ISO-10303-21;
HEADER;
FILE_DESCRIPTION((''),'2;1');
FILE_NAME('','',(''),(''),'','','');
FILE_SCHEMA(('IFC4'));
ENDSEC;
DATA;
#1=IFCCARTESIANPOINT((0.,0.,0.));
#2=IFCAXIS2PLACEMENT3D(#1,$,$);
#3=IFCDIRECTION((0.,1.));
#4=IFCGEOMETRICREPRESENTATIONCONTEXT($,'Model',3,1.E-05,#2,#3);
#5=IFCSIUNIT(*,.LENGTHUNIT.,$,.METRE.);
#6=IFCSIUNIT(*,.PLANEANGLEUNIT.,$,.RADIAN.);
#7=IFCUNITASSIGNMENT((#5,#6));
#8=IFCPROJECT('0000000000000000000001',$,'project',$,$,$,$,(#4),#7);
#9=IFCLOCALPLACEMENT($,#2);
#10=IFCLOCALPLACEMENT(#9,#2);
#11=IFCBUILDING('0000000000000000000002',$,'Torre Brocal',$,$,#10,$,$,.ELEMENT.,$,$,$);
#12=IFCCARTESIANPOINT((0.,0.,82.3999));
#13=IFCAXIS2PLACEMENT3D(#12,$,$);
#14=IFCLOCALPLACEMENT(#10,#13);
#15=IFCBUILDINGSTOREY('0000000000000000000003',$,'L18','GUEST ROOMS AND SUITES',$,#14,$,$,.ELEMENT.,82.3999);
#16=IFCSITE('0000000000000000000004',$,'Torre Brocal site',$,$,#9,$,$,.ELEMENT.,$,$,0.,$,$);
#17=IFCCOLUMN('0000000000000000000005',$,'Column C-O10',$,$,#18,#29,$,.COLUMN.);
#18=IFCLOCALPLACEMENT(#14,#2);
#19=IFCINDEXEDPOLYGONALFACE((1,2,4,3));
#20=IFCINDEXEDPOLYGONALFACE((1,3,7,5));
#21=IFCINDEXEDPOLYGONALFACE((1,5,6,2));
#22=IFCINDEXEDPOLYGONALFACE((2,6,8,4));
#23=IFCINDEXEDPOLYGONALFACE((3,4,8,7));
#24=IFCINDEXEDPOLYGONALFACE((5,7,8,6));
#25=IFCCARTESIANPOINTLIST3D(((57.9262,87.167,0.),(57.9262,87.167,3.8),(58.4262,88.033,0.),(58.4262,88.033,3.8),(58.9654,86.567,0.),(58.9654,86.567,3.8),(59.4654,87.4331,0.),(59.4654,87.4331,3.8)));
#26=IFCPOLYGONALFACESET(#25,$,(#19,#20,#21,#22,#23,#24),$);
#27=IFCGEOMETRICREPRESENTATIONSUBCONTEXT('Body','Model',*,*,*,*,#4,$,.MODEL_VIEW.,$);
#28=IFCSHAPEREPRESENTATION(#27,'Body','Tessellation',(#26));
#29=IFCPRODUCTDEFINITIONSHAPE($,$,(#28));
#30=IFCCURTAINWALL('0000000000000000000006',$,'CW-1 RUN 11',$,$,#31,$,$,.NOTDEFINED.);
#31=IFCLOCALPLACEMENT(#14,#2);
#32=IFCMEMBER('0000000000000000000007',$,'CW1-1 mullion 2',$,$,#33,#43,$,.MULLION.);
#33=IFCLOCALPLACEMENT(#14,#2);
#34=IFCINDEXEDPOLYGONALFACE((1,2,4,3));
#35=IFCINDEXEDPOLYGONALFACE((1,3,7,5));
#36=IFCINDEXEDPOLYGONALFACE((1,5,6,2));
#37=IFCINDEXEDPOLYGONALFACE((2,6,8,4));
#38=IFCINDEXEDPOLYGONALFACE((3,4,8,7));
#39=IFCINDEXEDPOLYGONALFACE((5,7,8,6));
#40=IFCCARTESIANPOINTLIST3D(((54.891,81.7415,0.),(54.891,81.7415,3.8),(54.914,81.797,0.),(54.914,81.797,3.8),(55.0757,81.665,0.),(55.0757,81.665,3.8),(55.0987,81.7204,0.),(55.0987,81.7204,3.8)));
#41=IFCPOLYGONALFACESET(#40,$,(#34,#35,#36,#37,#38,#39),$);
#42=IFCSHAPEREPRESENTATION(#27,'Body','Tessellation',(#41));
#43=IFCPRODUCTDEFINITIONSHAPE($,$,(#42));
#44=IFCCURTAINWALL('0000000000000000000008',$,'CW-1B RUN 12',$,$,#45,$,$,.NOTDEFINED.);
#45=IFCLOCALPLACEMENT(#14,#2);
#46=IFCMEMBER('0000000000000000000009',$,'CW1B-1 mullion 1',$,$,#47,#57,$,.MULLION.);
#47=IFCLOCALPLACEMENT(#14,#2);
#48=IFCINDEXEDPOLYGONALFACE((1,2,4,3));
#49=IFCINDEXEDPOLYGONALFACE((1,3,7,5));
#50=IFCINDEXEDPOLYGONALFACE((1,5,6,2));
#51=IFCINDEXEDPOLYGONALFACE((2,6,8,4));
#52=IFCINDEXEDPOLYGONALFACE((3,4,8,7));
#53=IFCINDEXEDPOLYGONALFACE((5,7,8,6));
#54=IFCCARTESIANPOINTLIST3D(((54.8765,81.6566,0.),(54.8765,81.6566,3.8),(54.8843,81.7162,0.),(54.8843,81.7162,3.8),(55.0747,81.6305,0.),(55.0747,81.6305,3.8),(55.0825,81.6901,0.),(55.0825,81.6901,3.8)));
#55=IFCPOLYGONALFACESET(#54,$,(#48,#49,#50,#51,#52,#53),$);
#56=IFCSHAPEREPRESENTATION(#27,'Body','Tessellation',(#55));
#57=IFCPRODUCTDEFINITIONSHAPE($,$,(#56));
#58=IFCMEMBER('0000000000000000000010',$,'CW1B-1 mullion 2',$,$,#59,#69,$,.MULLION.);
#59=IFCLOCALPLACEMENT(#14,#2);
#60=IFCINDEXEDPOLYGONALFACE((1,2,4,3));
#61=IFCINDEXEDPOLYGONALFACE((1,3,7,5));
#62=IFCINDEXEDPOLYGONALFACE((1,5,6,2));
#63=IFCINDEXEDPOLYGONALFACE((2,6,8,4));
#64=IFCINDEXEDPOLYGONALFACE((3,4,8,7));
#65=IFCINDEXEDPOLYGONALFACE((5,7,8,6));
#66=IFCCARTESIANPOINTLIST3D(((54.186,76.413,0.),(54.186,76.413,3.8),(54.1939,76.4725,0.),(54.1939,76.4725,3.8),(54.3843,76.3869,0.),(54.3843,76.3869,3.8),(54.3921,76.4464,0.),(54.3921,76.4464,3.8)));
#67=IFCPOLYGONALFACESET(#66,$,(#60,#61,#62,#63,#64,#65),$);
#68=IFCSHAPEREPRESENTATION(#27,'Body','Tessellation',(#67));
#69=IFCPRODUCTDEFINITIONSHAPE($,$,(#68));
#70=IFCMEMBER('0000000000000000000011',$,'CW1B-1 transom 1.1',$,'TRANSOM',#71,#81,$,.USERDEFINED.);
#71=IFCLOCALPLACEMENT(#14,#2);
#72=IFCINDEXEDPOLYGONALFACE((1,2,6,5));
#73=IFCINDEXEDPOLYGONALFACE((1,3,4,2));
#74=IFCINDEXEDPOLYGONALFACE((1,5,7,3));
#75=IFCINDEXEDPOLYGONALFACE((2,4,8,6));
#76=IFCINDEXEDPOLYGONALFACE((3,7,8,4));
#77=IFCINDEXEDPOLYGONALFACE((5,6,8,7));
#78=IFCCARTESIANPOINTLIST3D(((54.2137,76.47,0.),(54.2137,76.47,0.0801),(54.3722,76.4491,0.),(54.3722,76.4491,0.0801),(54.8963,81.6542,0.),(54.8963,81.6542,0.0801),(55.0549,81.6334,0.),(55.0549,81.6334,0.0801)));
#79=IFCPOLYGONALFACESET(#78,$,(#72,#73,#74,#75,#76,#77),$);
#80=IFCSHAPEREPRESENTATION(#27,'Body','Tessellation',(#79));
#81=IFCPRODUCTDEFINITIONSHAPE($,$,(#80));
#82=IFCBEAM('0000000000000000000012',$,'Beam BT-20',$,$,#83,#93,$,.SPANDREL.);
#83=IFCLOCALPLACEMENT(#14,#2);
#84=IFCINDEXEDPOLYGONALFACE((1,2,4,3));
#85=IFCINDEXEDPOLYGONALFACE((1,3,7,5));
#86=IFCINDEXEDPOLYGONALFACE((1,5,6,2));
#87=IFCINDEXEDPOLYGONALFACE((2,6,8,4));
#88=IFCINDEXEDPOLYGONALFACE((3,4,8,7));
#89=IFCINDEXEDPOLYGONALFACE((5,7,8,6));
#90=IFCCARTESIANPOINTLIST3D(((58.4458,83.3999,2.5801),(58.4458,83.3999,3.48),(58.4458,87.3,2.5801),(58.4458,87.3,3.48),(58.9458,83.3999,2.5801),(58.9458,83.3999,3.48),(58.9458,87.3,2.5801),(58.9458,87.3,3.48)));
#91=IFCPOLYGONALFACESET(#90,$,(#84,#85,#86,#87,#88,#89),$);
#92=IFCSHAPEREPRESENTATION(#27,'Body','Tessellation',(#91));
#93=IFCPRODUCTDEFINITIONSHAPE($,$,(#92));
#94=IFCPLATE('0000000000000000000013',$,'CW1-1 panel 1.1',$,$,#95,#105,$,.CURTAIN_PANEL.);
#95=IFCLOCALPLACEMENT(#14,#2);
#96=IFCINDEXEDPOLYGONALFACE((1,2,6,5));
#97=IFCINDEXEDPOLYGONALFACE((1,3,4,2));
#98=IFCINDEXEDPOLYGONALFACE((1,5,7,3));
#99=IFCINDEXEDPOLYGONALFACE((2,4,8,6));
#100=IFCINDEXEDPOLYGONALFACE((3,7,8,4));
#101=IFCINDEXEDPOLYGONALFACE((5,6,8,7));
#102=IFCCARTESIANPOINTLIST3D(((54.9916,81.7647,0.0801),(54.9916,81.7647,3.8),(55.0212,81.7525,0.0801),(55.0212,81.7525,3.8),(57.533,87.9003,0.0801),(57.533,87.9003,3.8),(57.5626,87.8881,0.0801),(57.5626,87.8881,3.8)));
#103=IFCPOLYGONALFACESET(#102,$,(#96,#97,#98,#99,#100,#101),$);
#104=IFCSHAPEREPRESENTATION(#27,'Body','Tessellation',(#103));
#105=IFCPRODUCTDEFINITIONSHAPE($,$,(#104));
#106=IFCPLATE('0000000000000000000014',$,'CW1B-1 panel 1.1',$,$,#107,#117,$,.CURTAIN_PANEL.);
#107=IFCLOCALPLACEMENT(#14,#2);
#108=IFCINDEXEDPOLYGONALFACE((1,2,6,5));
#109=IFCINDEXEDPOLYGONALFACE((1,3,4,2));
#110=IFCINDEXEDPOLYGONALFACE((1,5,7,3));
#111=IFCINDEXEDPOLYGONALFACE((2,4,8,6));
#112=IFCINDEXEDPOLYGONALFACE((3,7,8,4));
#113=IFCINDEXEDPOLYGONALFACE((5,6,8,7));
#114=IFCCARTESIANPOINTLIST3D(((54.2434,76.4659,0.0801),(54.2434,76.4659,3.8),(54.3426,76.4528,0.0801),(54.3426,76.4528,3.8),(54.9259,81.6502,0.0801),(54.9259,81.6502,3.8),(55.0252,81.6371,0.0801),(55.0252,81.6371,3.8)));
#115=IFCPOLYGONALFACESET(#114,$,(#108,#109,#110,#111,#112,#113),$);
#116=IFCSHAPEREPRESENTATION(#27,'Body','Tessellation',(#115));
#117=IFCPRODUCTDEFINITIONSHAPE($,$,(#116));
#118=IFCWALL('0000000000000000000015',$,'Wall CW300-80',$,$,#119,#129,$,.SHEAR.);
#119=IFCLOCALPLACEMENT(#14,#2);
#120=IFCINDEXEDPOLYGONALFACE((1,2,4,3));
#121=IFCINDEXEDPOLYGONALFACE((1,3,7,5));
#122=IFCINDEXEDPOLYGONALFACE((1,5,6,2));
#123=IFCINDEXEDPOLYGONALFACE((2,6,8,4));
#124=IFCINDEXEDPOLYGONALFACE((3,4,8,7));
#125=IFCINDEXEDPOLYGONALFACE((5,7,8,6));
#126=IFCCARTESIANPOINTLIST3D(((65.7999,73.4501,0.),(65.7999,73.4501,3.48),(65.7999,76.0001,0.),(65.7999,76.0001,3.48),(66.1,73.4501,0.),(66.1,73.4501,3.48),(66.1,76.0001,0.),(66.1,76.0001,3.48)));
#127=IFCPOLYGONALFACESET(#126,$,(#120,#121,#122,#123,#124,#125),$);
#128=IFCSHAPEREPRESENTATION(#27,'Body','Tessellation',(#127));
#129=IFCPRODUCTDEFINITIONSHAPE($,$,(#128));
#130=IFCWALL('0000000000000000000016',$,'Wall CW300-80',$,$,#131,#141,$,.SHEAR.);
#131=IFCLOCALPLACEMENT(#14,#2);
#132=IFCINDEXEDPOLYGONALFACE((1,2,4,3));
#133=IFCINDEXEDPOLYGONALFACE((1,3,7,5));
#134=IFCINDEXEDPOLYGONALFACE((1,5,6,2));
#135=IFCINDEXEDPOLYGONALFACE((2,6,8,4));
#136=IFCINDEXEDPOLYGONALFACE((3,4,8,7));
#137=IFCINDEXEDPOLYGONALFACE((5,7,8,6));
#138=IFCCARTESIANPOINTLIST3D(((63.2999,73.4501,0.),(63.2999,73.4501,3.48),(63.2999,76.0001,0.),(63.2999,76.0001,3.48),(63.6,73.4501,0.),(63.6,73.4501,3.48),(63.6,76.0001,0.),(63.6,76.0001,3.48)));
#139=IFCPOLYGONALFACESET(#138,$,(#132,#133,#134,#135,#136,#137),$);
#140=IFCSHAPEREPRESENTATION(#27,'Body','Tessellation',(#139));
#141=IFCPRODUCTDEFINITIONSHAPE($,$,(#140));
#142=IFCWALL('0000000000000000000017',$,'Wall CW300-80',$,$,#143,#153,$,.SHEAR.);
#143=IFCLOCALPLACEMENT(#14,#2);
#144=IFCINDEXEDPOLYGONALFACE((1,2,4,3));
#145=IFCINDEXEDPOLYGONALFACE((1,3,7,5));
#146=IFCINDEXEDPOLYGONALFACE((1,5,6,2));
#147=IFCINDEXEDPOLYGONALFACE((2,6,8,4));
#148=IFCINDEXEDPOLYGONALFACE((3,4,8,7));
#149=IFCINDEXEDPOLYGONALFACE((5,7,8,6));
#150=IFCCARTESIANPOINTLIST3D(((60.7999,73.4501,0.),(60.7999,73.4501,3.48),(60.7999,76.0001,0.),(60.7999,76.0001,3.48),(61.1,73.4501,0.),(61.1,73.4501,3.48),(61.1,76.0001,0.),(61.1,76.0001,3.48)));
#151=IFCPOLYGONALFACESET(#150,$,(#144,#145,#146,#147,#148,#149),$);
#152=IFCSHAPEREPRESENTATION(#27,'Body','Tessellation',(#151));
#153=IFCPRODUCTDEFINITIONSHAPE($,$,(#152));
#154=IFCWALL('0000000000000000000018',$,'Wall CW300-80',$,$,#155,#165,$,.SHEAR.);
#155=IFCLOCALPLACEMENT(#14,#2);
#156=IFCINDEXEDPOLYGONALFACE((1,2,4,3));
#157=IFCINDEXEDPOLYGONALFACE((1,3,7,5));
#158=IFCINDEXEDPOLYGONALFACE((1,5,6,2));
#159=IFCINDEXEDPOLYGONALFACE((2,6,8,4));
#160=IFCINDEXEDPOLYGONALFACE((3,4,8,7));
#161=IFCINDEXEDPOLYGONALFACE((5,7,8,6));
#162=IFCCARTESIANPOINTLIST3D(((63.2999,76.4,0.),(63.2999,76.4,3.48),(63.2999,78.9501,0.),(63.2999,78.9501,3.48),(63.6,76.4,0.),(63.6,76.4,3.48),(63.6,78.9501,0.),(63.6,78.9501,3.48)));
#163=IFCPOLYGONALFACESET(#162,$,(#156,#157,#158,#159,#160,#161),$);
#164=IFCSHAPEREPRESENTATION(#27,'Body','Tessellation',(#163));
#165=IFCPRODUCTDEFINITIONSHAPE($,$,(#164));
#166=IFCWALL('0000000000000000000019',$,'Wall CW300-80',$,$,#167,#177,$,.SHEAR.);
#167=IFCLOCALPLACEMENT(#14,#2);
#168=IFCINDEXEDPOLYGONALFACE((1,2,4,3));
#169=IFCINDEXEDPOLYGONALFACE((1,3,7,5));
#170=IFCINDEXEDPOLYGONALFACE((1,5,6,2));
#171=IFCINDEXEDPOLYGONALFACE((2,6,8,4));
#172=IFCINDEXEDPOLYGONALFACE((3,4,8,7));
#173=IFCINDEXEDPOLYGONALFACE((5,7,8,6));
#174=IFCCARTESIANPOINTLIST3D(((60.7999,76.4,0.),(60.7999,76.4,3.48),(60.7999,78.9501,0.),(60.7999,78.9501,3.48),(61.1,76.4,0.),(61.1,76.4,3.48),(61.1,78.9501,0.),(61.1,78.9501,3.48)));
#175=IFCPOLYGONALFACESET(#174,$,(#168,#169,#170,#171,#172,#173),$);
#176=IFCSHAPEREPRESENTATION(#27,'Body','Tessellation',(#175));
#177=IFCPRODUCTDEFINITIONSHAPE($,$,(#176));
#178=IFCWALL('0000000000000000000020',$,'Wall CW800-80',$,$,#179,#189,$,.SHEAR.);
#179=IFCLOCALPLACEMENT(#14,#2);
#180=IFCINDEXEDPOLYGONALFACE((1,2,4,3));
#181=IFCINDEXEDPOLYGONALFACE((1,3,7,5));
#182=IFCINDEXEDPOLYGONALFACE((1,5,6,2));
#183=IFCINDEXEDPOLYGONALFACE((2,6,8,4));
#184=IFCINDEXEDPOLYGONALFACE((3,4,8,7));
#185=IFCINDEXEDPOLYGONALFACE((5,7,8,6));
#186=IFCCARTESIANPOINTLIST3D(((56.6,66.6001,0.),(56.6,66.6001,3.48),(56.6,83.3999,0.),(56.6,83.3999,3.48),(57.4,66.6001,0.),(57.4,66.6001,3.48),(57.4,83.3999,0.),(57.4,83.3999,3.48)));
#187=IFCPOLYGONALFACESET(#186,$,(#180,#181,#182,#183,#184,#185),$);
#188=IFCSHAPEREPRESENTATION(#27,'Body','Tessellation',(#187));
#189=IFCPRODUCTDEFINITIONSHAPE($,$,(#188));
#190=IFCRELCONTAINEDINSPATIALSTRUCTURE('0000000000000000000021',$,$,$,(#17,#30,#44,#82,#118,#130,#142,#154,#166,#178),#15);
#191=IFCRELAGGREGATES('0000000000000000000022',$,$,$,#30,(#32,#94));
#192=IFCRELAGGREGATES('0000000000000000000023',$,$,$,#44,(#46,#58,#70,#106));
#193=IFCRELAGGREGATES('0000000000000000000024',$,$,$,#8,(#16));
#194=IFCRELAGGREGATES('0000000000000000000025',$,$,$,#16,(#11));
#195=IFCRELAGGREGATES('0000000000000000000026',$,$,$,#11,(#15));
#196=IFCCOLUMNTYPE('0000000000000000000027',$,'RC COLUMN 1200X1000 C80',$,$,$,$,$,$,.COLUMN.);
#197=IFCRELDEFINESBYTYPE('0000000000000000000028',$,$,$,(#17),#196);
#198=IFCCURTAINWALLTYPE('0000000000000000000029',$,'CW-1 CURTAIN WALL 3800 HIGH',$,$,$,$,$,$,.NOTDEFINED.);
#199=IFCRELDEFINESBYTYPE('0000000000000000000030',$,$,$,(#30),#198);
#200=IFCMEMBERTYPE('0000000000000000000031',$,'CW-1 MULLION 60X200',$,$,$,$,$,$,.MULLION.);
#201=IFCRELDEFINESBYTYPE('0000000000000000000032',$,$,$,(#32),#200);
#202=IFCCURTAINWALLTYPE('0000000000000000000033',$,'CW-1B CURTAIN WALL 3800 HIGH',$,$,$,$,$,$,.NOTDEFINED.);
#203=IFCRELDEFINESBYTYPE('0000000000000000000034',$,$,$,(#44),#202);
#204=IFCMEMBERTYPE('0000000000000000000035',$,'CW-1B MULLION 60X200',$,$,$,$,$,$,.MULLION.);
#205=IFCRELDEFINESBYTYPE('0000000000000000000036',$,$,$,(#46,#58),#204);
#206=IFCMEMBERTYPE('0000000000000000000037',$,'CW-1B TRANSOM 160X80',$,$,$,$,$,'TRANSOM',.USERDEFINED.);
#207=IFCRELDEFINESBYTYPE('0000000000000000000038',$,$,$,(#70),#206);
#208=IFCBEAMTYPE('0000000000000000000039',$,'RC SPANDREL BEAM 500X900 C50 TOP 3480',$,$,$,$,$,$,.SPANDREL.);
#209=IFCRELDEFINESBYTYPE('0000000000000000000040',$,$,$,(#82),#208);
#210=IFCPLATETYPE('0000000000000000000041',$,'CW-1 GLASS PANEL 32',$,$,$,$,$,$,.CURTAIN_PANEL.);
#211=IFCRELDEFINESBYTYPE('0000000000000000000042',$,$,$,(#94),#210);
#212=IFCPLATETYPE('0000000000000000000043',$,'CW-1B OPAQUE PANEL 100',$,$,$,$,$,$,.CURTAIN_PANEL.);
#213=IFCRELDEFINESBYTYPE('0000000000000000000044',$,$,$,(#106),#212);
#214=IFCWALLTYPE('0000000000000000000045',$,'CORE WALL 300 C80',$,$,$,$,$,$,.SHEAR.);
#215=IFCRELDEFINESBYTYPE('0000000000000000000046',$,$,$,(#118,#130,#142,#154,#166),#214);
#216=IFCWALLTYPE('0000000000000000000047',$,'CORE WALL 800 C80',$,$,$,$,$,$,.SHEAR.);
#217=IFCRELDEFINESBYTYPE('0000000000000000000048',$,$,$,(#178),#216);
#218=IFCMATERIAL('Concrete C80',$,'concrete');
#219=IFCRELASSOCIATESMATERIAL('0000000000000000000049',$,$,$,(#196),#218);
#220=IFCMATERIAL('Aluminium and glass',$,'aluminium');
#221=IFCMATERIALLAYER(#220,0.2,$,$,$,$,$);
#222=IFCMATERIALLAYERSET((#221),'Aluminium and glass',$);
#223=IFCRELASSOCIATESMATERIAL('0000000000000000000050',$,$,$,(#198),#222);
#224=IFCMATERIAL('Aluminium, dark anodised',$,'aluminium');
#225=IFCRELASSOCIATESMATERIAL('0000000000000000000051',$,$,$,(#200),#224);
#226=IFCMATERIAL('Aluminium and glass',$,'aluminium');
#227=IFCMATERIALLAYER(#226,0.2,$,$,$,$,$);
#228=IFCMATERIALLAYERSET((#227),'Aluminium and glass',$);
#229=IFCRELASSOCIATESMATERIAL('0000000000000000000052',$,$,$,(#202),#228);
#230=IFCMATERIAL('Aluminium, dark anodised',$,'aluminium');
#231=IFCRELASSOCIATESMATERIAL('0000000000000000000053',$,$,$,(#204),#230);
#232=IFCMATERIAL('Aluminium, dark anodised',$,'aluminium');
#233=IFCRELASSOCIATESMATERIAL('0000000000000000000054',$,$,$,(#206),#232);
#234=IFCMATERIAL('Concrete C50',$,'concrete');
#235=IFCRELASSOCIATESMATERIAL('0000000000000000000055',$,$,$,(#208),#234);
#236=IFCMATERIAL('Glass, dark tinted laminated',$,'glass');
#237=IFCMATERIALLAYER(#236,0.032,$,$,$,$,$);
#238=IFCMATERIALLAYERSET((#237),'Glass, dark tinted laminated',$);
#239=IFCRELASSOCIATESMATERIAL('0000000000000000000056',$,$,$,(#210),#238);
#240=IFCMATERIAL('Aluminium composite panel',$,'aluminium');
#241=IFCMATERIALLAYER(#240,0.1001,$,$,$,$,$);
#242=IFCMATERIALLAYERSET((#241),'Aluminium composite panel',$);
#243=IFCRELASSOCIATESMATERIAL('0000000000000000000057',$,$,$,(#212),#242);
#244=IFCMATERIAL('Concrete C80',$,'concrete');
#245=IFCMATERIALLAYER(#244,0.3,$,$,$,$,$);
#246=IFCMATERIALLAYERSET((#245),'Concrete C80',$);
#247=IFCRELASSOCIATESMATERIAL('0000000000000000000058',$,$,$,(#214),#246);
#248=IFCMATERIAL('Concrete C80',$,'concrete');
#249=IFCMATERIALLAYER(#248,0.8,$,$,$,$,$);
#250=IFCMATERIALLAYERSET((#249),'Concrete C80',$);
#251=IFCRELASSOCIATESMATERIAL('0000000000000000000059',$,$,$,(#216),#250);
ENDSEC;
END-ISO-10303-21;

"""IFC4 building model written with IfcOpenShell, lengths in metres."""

from ifc_helpers import new_model, si_unit, direction, frame, frame_2d, origin, origin_2d, place, context, subcontext, project, spatial, rectangle, extrude, material, layer, layer_set, material_profile, profile_set, type_object, element, aggregate, save


model = new_model("IFC4")

# Units and contexts
model_context = context("Model", 3, precision=1e-05, world=origin(), true_north=direction((0.0, 1.0)))
body_context = subcontext(model_context, "Body", "Model", "MODEL_VIEW")
ifc_project = project(units=[si_unit("LENGTHUNIT", "METRE"), si_unit("PLANEANGLEUNIT", "RADIAN")], contexts=[model_context])

# Site, building, storey
site_placement = place(None, origin())
site = spatial("IfcSite", under=ifc_project, at=site_placement, Name="Torre Brocal site", CompositionType="ELEMENT", RefElevation=0.0)
building_placement = place(site_placement, origin())
building = spatial("IfcBuilding", under=site, at=building_placement, Name="Torre Brocal", CompositionType="ELEMENT")
storey_placement = place(building_placement, frame((0.0, 0.0, 82.3999)))
storey = spatial("IfcBuildingStorey", under=building, at=storey_placement, Name="L18", Description="GUEST ROOMS AND SUITES", CompositionType="ELEMENT", Elevation=82.3999)

# Column
ifc_material_1 = material(Name="Concrete C80", Category="concrete")
ifc_material_profile_1 = material_profile(ifc_material_1, rectangle(XDim=1.2, YDim=1.0, at=origin_2d()), Name="RC 1200X1000")
ifc_profile_set_1 = profile_set([ifc_material_profile_1], Name="Concrete C80")
column_type = type_object("IfcColumnType", Name="RC COLUMN 1200X1000 C80", PredefinedType="COLUMN", material=ifc_profile_set_1)
column_placement = place(storey_placement, frame((58.6958, 87.3, 0.0), z_axis=(0.0, 0.0, 1.0), x_axis=(-0.866025, 0.5, 0.0)))
element("IfcColumn", 1, at=column_placement, inside=storey, type_object=column_type, Name="Column C-O10", PredefinedType="COLUMN", context=body_context, shape_type="SweptSolid", body=[
    extrude(rectangle(XDim=1.2, YDim=1.0, at=origin_2d()), origin(), (0.0, 0.0, 1.0), 3.8),
])

# Curtain wall, member
ifc_material_2 = material(Name="Aluminium and glass", Category="aluminium")
ifc_layer_1 = layer(ifc_material_2, 0.2)
ifc_layer_set_1 = layer_set([ifc_layer_1], Name="Aluminium and glass")
curtain_wall_type_1 = type_object("IfcCurtainWallType", Name="CW-1 CURTAIN WALL 3800 HIGH", PredefinedType="NOTDEFINED", material=ifc_layer_set_1)
curtain_wall_1_placement = place(storey_placement, origin())
curtain_wall_1 = element("IfcCurtainWall", 2, at=curtain_wall_1_placement, inside=storey, type_object=curtain_wall_type_1, Name="CW-1 RUN 11", PredefinedType="NOTDEFINED")
ifc_material_3 = material(Name="Aluminium, dark anodised", Category="aluminium")
ifc_material_profile_2 = material_profile(ifc_material_3, rectangle(XDim=0.2, YDim=0.0601, at=origin_2d()), Name="CW-1 MULLION 60X200")
ifc_profile_set_2 = profile_set([ifc_material_profile_2], Name="Aluminium, dark anodised")
member_type_1 = type_object("IfcMemberType", Name="CW-1 MULLION 60X200", PredefinedType="MULLION", material=ifc_profile_set_2)
member_1_placement = place(storey_placement, frame((54.9949, 81.731, 0.0), z_axis=(0.0, 0.0, 1.0), x_axis=(0.92388, -0.382683, 0.0)))
member_1 = element("IfcMember", 3, at=member_1_placement, type_object=member_type_1, Name="CW1-1 mullion 2", PredefinedType="MULLION", context=body_context, shape_type="SweptSolid", body=[
    extrude(rectangle(XDim=0.2, YDim=0.0601, at=origin_2d()), origin(), (0.0, 0.0, 1.0), 3.8),
])

# Curtain wall, members
ifc_material_4 = material(Name="Aluminium and glass", Category="aluminium")
ifc_layer_2 = layer(ifc_material_4, 0.2)
ifc_layer_set_2 = layer_set([ifc_layer_2], Name="Aluminium and glass")
curtain_wall_type_2 = type_object("IfcCurtainWallType", Name="CW-1B CURTAIN WALL 3800 HIGH", PredefinedType="NOTDEFINED", material=ifc_layer_set_2)
curtain_wall_2_placement = place(storey_placement, origin())
curtain_wall_2 = element("IfcCurtainWall", 4, at=curtain_wall_2_placement, inside=storey, type_object=curtain_wall_type_2, Name="CW-1B RUN 12", PredefinedType="NOTDEFINED")
ifc_material_5 = material(Name="Aluminium, dark anodised", Category="aluminium")
ifc_material_profile_3 = material_profile(ifc_material_5, rectangle(XDim=0.2, YDim=0.0601, at=origin_2d()), Name="CW-1B MULLION 60X200")
ifc_profile_set_3 = profile_set([ifc_material_profile_3], Name="Aluminium, dark anodised")
member_type_2 = type_object("IfcMemberType", Name="CW-1B MULLION 60X200", PredefinedType="MULLION", material=ifc_profile_set_3)
member_2_placement = place(storey_placement, frame((54.9795, 81.6733, 0.0), z_axis=(0.0, 0.0, 1.0), x_axis=(0.991445, -0.130526, 0.0)))
member_2 = element("IfcMember", 5, at=member_2_placement, type_object=member_type_2, Name="CW1B-1 mullion 1", PredefinedType="MULLION", context=body_context, shape_type="SweptSolid", body=[
    extrude(rectangle(XDim=0.2, YDim=0.0601, at=origin_2d()), origin(), (0.0, 0.0, 1.0), 3.8),
])
member_3_placement = place(storey_placement, frame((54.2891, 76.4297, 0.0), z_axis=(0.0, 0.0, 1.0), x_axis=(0.991445, -0.130526, 0.0)))
member_3 = element("IfcMember", 6, at=member_3_placement, type_object=member_type_2, Name="CW1B-1 mullion 2", PredefinedType="MULLION", context=body_context, shape_type="SweptSolid", body=[
    extrude(rectangle(XDim=0.2, YDim=0.0601, at=origin_2d()), origin(), (0.0, 0.0, 1.0), 3.8),
])
ifc_material_6 = material(Name="Aluminium, dark anodised", Category="aluminium")
ifc_material_profile_4 = material_profile(ifc_material_6, rectangle(XDim=0.1599, YDim=0.0801, at=origin_2d()), Name="CW-1B TRANSOM 160X80")
ifc_profile_set_4 = profile_set([ifc_material_profile_4], Name="Aluminium, dark anodised")
member_type_3 = type_object("IfcMemberType", Name="CW-1B TRANSOM 160X80", ElementType="TRANSOM", PredefinedType="USERDEFINED", material=ifc_profile_set_4)
member_4_placement = place(storey_placement, frame((54.9756, 81.6438, 0.04), z_axis=(-0.130543, -0.991443, 0.0), x_axis=(0.991443, -0.130543, 0.0)))
member_4 = element("IfcMember", 7, at=member_4_placement, type_object=member_type_3, Name="CW1B-1 transom 1.1", ObjectType="TRANSOM", PredefinedType="USERDEFINED", context=body_context, shape_type="SweptSolid", body=[
    extrude(rectangle(XDim=0.1599, YDim=0.0801, at=origin_2d()), origin(), (0.0, 0.0, 1.0), 5.229),
])

# Beam
ifc_material_7 = material(Name="Concrete C50", Category="concrete")
ifc_material_profile_5 = material_profile(ifc_material_7, rectangle(XDim=0.5, YDim=0.8999, at=origin_2d()), Name="RC 500X900")
ifc_profile_set_5 = profile_set([ifc_material_profile_5], Name="Concrete C50")
beam_type = type_object("IfcBeamType", Name="RC SPANDREL BEAM 500X900 C50 TOP 3480", PredefinedType="SPANDREL", material=ifc_profile_set_5)
beam_placement = place(storey_placement, frame((58.6958, 87.3, 3.03), z_axis=(0.0, -1.0, 0.0), x_axis=(1.0, 0.0, 0.0)))
element("IfcBeam", 8, at=beam_placement, inside=storey, type_object=beam_type, Name="Beam BT-20", PredefinedType="SPANDREL", context=body_context, shape_type="SweptSolid", body=[
    extrude(rectangle(XDim=0.5, YDim=0.8999, at=origin_2d()), origin(), (0.0, 0.0, 1.0), 3.9001),
])

# Plates
ifc_material_8 = material(Name="Glass, dark tinted laminated", Category="glass")
ifc_layer_3 = layer(ifc_material_8, 0.032)
ifc_layer_set_3 = layer_set([ifc_layer_3], Name="Glass, dark tinted laminated")
plate_type_1 = type_object("IfcPlateType", Name="CW-1 GLASS PANEL 32", PredefinedType="CURTAIN_PANEL", material=ifc_layer_set_3)
plate_1_placement = place(storey_placement, frame((56.2771, 84.8264, 0.0801), z_axis=(0.0, 0.0, 1.0), x_axis=(-0.382683, -0.92388, 0.0)))
plate_1 = element("IfcPlate", 9, at=plate_1_placement, type_object=plate_type_1, Name="CW1-1 panel 1.1", PredefinedType="CURTAIN_PANEL", context=body_context, shape_type="SweptSolid", body=[
    extrude(rectangle(XDim=6.6411, YDim=0.032, at=origin_2d()), origin(), (0.0, 0.0, 1.0), 3.72),
])
aggregate(curtain_wall_1, [member_1, plate_1])
ifc_material_9 = material(Name="Aluminium composite panel", Category="aluminium")
ifc_layer_4 = layer(ifc_material_9, 0.1001)
ifc_layer_set_4 = layer_set([ifc_layer_4], Name="Aluminium composite panel")
plate_type_2 = type_object("IfcPlateType", Name="CW-1B OPAQUE PANEL 100", PredefinedType="CURTAIN_PANEL", material=ifc_layer_set_4)
plate_2_placement = place(storey_placement, frame((54.6343, 79.0515, 0.0801), z_axis=(0.0, 0.0, 1.0), x_axis=(-0.130526, -0.991445, 0.0)))
plate_2 = element("IfcPlate", 10, at=plate_2_placement, type_object=plate_type_2, Name="CW1B-1 panel 1.1", PredefinedType="CURTAIN_PANEL", context=body_context, shape_type="SweptSolid", body=[
    extrude(rectangle(XDim=5.229, YDim=0.1001, at=origin_2d()), origin(), (0.0, 0.0, 1.0), 3.72),
])
aggregate(curtain_wall_2, [member_2, member_3, member_4, plate_2])

# Walls
ifc_material_10 = material(Name="Concrete C80", Category="concrete")
ifc_layer_5 = layer(ifc_material_10, 0.3)
ifc_layer_set_5 = layer_set([ifc_layer_5], Name="Concrete C80")
wall_type_1 = type_object("IfcWallType", Name="CORE WALL 300 C80", PredefinedType="SHEAR", material=ifc_layer_set_5)
for number, where, z_axis, x_axis, name in (
    (11, (65.95, 76.0, 0.0), (0.0, 0.0, 1.0), (0.0, -1.0, 0.0), "Wall CW300-80"),
    (12, (63.45, 76.0, 0.0), (0.0, 0.0, 1.0), (0.0, -1.0, 0.0), "Wall CW300-80"),
    (13, (60.95, 76.0, 0.0), (0.0, 0.0, 1.0), (0.0, -1.0, 0.0), "Wall CW300-80"),
    (14, (63.45, 78.95, 0.0), (0.0, 0.0, 1.0), (0.0, -1.0, 0.0), "Wall CW300-80"),
    (15, (60.95, 78.95, 0.0), (0.0, 0.0, 1.0), (0.0, -1.0, 0.0), "Wall CW300-80"),
):
    element("IfcWall", number, at=place(storey_placement, frame(where, z_axis=z_axis, x_axis=x_axis)), inside=storey, type_object=wall_type_1, Name=name, PredefinedType="SHEAR", context=body_context, shape_type="SweptSolid", body=[
        extrude(rectangle(XDim=2.55, YDim=0.3, at=frame_2d((1.2749, 0.0))), origin(), (0.0, 0.0, 1.0), 3.48),
    ])
ifc_material_11 = material(Name="Concrete C80", Category="concrete")
ifc_layer_6 = layer(ifc_material_11, 0.8)
ifc_layer_set_6 = layer_set([ifc_layer_6], Name="Concrete C80")
wall_type_2 = type_object("IfcWallType", Name="CORE WALL 800 C80", PredefinedType="SHEAR", material=ifc_layer_set_6)
wall_1_placement = place(storey_placement, frame((57.0, 83.3999, 0.0), z_axis=(0.0, 0.0, 1.0), x_axis=(0.0, -1.0, 0.0)))
element("IfcWall", 16, at=wall_1_placement, inside=storey, type_object=wall_type_2, Name="Wall CW800-80", PredefinedType="SHEAR", context=body_context, shape_type="SweptSolid", body=[
    extrude(rectangle(XDim=16.7998, YDim=0.8, at=frame_2d((8.3999, 0.0))), origin(), (0.0, 0.0, 1.0), 3.48),
])

save(model, "model.ifc")
